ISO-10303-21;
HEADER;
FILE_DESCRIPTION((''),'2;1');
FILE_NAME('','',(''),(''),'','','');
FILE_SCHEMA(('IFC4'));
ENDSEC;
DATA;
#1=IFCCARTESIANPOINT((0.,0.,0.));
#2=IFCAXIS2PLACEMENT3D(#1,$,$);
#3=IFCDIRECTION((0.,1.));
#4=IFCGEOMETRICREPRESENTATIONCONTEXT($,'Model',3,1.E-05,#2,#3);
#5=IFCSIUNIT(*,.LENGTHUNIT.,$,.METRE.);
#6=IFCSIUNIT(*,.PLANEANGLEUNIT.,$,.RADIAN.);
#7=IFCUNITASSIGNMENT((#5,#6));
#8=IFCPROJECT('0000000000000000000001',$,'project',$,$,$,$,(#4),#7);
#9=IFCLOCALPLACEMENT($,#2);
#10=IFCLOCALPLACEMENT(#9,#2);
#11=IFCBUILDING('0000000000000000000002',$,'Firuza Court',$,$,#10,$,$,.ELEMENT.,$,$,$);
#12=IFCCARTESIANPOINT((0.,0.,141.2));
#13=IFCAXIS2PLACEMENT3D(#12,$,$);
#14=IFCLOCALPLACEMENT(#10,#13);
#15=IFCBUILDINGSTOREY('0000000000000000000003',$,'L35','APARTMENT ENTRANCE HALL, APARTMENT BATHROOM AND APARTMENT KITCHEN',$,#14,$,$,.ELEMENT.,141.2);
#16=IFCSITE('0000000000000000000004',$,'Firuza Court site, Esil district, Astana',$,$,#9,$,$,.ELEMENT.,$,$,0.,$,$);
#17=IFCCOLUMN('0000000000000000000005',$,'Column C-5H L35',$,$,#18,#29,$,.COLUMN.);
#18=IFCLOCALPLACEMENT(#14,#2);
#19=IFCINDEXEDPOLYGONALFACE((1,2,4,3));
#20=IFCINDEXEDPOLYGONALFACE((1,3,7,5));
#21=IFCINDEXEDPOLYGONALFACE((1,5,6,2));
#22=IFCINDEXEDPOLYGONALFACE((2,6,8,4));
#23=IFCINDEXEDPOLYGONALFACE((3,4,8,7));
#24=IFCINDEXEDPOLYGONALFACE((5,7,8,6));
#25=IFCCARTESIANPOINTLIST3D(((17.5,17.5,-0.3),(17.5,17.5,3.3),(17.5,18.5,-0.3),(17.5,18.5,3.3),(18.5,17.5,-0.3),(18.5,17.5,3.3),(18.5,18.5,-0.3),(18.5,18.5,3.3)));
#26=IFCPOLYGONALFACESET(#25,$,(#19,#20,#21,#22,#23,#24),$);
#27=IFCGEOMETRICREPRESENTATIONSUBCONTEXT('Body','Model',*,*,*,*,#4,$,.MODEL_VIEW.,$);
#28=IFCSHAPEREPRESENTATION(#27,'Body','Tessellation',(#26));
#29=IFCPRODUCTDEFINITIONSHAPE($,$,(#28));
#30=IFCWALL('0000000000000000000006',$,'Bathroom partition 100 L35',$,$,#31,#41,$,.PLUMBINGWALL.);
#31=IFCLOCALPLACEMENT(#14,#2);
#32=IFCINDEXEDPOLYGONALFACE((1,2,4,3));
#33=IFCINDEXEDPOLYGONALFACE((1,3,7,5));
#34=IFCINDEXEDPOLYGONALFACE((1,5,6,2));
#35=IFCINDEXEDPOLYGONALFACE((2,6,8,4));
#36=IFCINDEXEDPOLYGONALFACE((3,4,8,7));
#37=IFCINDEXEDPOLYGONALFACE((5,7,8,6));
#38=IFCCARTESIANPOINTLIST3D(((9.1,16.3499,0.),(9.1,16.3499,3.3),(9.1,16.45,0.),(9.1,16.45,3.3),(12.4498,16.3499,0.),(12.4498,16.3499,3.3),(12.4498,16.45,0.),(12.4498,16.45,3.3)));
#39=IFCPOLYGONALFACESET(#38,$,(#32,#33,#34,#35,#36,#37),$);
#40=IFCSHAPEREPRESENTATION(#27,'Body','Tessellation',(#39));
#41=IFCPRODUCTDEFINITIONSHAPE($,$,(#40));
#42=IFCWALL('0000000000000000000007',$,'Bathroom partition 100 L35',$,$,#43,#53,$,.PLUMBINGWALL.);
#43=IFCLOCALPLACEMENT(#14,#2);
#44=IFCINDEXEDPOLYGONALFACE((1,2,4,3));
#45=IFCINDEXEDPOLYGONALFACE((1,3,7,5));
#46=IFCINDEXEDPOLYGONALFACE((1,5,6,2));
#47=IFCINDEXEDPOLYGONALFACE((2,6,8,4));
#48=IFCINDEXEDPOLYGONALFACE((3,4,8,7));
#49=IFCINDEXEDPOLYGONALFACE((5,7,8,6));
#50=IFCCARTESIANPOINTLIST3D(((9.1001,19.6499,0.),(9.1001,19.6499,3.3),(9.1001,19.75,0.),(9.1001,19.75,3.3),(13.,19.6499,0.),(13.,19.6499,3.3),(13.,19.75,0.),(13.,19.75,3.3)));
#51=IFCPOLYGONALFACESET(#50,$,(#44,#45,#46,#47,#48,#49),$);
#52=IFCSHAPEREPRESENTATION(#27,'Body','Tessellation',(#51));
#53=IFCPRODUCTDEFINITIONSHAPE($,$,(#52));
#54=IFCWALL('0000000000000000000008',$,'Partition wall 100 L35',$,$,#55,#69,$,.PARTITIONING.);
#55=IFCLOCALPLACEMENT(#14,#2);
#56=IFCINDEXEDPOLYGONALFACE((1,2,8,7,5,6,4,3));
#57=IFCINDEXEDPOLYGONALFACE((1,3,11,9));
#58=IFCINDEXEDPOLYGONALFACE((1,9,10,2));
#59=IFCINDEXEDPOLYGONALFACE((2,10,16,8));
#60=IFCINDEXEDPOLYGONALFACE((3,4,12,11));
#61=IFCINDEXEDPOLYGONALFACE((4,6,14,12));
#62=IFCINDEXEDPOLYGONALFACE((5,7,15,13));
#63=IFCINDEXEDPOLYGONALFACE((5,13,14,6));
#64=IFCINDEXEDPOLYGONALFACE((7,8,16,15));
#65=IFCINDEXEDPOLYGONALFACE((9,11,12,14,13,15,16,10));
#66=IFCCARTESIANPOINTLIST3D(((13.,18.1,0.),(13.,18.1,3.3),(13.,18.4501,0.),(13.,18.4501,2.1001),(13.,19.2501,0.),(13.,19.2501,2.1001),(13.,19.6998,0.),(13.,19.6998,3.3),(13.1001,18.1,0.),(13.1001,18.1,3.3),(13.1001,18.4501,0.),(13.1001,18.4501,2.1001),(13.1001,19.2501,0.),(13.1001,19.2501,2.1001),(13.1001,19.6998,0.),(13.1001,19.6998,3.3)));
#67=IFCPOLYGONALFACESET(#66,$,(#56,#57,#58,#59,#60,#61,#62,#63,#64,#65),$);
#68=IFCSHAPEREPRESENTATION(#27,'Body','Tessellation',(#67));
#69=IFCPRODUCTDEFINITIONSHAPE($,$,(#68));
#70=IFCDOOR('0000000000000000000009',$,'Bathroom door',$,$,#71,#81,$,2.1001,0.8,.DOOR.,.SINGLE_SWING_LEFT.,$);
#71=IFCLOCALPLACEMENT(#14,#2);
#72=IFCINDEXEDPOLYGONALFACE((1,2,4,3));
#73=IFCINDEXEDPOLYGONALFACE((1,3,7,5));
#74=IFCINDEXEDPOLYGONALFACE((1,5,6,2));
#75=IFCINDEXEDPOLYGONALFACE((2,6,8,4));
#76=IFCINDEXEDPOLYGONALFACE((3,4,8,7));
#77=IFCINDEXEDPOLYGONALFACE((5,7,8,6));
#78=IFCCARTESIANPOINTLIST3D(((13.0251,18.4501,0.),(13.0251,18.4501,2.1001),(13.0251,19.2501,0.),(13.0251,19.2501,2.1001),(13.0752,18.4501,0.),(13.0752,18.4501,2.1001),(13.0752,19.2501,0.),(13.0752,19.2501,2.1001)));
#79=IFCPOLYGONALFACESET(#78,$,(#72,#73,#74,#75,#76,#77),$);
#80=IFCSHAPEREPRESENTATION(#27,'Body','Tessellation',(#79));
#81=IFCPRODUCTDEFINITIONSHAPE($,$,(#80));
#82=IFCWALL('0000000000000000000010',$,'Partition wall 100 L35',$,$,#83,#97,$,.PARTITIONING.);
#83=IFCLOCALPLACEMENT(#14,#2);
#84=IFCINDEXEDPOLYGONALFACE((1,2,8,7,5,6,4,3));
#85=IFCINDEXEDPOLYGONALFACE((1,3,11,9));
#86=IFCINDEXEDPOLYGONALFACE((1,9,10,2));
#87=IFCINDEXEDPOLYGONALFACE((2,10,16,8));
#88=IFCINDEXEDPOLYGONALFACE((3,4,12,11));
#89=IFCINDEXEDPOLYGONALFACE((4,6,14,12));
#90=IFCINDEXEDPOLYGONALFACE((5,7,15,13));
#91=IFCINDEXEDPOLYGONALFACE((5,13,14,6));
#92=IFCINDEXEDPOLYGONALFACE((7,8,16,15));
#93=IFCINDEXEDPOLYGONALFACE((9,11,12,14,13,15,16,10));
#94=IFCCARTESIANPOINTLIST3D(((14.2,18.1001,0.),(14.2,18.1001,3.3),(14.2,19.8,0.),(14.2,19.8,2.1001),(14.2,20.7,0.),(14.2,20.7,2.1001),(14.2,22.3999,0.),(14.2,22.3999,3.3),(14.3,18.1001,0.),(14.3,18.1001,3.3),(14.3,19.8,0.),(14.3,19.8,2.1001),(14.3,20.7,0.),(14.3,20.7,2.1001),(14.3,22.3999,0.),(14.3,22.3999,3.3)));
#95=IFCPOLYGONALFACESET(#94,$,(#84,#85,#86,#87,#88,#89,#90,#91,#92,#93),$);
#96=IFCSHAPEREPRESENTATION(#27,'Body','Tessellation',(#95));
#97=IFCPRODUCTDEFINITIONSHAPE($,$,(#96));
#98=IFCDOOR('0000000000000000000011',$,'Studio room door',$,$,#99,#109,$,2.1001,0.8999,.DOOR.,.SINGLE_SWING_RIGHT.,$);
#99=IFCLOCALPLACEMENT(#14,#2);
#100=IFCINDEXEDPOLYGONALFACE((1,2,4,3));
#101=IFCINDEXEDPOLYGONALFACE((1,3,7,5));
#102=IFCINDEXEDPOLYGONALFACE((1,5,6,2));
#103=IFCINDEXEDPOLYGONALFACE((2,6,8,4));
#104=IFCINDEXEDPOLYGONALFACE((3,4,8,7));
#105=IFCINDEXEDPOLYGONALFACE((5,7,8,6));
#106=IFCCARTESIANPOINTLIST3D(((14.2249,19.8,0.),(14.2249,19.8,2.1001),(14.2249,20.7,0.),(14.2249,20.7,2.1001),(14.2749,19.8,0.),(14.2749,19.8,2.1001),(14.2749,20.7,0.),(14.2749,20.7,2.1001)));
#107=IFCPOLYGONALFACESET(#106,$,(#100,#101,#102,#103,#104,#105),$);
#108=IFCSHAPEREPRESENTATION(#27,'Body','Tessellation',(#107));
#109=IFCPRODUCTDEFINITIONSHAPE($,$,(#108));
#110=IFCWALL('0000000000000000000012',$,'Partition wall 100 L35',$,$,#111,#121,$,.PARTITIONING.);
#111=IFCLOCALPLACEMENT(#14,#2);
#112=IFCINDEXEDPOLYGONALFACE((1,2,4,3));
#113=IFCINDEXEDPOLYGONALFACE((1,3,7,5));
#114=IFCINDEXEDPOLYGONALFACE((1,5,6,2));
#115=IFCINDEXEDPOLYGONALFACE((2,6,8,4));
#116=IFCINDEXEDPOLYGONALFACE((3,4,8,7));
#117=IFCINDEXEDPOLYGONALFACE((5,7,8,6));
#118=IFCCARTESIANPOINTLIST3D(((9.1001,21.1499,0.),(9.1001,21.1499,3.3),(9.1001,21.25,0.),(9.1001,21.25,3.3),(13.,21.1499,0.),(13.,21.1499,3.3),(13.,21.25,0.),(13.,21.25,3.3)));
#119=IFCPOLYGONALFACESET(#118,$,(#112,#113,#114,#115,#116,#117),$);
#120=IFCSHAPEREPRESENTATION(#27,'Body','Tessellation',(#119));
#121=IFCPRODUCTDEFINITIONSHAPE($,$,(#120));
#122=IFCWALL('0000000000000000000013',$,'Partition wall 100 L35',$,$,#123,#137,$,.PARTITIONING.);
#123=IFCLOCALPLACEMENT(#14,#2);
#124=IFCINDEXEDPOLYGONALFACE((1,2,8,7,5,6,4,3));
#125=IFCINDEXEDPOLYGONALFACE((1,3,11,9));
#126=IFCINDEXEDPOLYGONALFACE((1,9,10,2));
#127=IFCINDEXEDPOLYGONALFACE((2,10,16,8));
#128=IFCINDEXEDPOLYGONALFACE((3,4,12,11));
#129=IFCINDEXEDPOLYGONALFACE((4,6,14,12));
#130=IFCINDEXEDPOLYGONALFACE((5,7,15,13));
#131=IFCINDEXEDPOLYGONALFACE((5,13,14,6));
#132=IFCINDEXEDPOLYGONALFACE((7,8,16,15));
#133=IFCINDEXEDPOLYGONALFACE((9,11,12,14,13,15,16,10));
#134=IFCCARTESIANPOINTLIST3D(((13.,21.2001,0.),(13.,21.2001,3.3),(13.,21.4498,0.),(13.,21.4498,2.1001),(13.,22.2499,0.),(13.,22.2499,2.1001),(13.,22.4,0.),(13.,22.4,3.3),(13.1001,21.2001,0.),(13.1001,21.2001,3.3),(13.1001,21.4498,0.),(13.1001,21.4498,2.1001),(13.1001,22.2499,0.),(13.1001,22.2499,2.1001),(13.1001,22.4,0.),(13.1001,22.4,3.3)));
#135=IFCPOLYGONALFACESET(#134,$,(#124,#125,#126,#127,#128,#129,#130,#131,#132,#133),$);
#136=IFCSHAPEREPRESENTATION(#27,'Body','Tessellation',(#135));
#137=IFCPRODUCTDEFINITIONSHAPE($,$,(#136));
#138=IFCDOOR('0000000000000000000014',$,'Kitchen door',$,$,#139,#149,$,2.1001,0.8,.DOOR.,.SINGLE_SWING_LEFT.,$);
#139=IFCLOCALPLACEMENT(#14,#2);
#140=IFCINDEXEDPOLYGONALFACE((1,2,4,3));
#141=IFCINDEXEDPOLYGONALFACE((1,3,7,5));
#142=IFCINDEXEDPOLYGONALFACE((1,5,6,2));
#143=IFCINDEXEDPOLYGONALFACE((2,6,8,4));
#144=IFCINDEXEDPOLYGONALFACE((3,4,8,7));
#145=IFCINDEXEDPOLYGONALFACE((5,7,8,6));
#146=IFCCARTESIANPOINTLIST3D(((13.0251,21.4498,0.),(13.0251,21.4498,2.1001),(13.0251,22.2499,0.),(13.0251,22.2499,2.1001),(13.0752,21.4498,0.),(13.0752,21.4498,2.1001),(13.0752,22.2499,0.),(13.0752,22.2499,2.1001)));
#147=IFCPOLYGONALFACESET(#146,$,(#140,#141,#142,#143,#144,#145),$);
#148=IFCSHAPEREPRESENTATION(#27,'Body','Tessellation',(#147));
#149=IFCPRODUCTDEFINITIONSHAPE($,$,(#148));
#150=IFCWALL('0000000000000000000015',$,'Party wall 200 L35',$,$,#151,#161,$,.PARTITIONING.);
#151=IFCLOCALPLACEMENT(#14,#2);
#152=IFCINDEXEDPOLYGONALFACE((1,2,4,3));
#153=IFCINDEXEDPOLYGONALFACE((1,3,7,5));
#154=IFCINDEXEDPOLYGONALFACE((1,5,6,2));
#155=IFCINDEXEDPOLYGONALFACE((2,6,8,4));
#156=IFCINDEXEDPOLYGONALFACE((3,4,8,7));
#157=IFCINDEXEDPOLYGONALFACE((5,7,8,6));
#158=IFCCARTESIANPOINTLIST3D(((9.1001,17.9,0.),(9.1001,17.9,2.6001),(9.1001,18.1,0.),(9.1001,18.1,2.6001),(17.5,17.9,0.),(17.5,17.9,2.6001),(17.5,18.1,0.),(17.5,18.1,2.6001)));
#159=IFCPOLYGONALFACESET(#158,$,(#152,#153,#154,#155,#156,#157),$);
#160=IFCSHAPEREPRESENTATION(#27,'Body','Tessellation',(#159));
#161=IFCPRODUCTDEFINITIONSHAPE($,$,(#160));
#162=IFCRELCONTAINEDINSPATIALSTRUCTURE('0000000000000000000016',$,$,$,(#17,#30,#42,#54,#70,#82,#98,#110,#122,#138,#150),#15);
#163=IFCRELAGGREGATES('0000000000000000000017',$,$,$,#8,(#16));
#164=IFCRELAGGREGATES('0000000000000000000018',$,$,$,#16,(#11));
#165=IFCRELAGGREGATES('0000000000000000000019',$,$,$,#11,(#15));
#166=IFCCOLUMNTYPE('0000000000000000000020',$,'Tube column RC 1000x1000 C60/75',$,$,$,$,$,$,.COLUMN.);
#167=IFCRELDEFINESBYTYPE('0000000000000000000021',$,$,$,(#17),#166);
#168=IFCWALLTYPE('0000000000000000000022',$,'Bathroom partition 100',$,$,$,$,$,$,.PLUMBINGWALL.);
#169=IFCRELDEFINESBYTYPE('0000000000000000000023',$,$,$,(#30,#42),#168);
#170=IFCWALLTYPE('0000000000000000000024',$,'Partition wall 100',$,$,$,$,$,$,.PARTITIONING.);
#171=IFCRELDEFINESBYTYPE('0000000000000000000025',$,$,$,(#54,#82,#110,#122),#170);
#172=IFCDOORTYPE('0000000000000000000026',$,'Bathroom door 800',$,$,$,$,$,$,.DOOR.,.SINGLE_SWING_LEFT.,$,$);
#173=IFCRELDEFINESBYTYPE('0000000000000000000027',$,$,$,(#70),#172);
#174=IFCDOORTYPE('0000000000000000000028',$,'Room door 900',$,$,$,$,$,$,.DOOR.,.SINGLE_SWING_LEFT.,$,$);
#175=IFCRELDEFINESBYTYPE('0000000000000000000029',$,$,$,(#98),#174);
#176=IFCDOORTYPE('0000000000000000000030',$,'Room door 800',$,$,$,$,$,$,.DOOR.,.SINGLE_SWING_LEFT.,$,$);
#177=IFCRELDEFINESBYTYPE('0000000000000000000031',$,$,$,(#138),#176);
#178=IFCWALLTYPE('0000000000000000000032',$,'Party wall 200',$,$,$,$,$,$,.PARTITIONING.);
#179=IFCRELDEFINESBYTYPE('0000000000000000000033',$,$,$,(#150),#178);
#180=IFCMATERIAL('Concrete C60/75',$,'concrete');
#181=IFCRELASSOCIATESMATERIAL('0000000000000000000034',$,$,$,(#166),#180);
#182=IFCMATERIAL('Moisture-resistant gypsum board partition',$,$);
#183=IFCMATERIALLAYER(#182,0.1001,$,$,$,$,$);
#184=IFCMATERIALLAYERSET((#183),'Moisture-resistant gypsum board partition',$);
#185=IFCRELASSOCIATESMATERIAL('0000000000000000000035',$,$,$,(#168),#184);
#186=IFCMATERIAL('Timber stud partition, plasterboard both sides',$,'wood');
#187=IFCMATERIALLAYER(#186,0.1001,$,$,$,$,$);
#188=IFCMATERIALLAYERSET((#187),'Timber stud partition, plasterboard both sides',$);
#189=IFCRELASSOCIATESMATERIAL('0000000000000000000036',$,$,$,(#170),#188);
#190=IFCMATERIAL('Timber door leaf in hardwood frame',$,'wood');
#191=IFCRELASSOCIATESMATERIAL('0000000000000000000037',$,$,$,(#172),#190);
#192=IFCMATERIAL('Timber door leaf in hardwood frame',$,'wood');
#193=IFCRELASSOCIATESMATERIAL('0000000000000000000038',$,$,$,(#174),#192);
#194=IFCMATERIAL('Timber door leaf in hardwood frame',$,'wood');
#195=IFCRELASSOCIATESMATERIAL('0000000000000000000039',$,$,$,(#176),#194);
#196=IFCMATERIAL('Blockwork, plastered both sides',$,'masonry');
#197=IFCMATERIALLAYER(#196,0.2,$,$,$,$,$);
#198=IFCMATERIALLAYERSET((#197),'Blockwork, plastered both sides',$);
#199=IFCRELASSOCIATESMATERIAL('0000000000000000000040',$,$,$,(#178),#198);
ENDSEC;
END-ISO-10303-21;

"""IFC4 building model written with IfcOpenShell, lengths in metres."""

from ifc_helpers import new_model, si_unit, direction, frame, frame_2d, origin, origin_2d, place, context, subcontext, project, spatial, rectangle, extrude, material, layer, layer_set, material_profile, profile_set, type_object, element, fill, save


model = new_model("IFC4")

# Units and contexts
model_context = context("Model", 3, precision=1e-05, world=origin(), true_north=direction((0.0, 1.0)))
body_context = subcontext(model_context, "Body", "Model", "MODEL_VIEW")
ifc_project = project(units=[si_unit("LENGTHUNIT", "METRE"), si_unit("PLANEANGLEUNIT", "RADIAN")], contexts=[model_context])

# Site, building, storey
site_placement = place(None, origin())
site = spatial("IfcSite", under=ifc_project, at=site_placement, Name="Firuza Court site, Esil district, Astana", CompositionType="ELEMENT", RefElevation=0.0)
building_placement = place(site_placement, origin())
building = spatial("IfcBuilding", under=site, at=building_placement, Name="Firuza Court", CompositionType="ELEMENT")
storey_placement = place(building_placement, frame((0.0, 0.0, 141.2)))
storey = spatial("IfcBuildingStorey", under=building, at=storey_placement, Name="L35", Description="APARTMENT ENTRANCE HALL, APARTMENT BATHROOM AND APARTMENT KITCHEN", CompositionType="ELEMENT", Elevation=141.2)

# Column
ifc_material_1 = material(Name="Concrete C60/75", Category="concrete")
ifc_material_profile = material_profile(ifc_material_1, rectangle(XDim=1.0, YDim=1.0, at=origin_2d()), Name="RC 1000x1000")
ifc_profile_set = profile_set([ifc_material_profile], Name="Concrete C60/75")
column_type = type_object("IfcColumnType", Name="Tube column RC 1000x1000 C60/75", PredefinedType="COLUMN", material=ifc_profile_set)
column_placement = place(storey_placement, frame((18.0, 18.0, -0.3), z_axis=(0.0, 0.0, 1.0), x_axis=(1.0, 0.0, 0.0)))
element("IfcColumn", 1, at=column_placement, inside=storey, type_object=column_type, Name="Column C-5H L35", PredefinedType="COLUMN", context=body_context, shape_type="SweptSolid", body=[
    extrude(rectangle(XDim=1.0, YDim=1.0, at=origin_2d()), origin(), (0.0, 0.0, 1.0), 3.6001),
])

# Walls
ifc_material_2 = material(Name="Moisture-resistant gypsum board partition")
ifc_layer_1 = layer(ifc_material_2, 0.1001)
ifc_layer_set_1 = layer_set([ifc_layer_1], Name="Moisture-resistant gypsum board partition")
wall_type_1 = type_object("IfcWallType", Name="Bathroom partition 100", PredefinedType="PLUMBINGWALL", material=ifc_layer_set_1)
wall_1_placement = place(storey_placement, frame((9.1001, 16.3999, 0.0), z_axis=(0.0, 0.0, 1.0), x_axis=(1.0, 0.0, 0.0)))
element("IfcWall", 2, at=wall_1_placement, inside=storey, type_object=wall_type_1, Name="Bathroom partition 100 L35", PredefinedType="PLUMBINGWALL", context=body_context, shape_type="SweptSolid", body=[
    extrude(rectangle(XDim=3.3499, YDim=0.1001, at=frame_2d((1.6748, 0.0))), origin(), (0.0, 0.0, 1.0), 3.3),
])
wall_2_placement = place(storey_placement, frame((9.1001, 19.7, 0.0), z_axis=(0.0, 0.0, 1.0), x_axis=(1.0, 0.0, 0.0)))
element("IfcWall", 3, at=wall_2_placement, inside=storey, type_object=wall_type_1, Name="Bathroom partition 100 L35", PredefinedType="PLUMBINGWALL", context=body_context, shape_type="SweptSolid", body=[
    extrude(rectangle(XDim=3.8999, YDim=0.1001, at=frame_2d((1.95, 0.0))), origin(), (0.0, 0.0, 1.0), 3.3),
])

# Walls, openings, doors
ifc_material_3 = material(Name="Timber stud partition, plasterboard both sides", Category="wood")
ifc_layer_2 = layer(ifc_material_3, 0.1001)
ifc_layer_set_2 = layer_set([ifc_layer_2], Name="Timber stud partition, plasterboard both sides")
wall_type_2 = type_object("IfcWallType", Name="Partition wall 100", PredefinedType="PARTITIONING", material=ifc_layer_set_2)
wall_3_placement = place(storey_placement, frame((13.05, 18.1001, 0.0), z_axis=(0.0, 0.0, 1.0), x_axis=(0.0, 1.0, 0.0)))
wall_3 = element("IfcWall", 4, at=wall_3_placement, inside=storey, type_object=wall_type_2, Name="Partition wall 100 L35", PredefinedType="PARTITIONING", context=body_context, shape_type="SweptSolid", body=[
    extrude(rectangle(XDim=1.5999, YDim=0.1001, at=frame_2d((0.7998, 0.0))), origin(), (0.0, 0.0, 1.0), 3.3),
])
opening_1_placement = place(wall_3_placement, frame((0.3501, 0.0, 0.0)))
opening_1 = element("IfcOpeningElement", 5, at=opening_1_placement, cuts=wall_3, PredefinedType="OPENING", context=body_context, shape_type="SweptSolid", body=[
    extrude(rectangle(XDim=0.8, YDim=2.1001, at=frame_2d((0.3999, 1.05))), frame((0.0, 0.062, 0.0), z_axis=(0.0, -1.0, 0.0), x_axis=(1.0, 0.0, 0.0)), (0.0, 0.0, 1.0), 0.124),
])
ifc_material_4 = material(Name="Timber door leaf in hardwood frame", Category="wood")
door_type_1 = type_object("IfcDoorType", Name="Bathroom door 800", OperationType="SINGLE_SWING_LEFT", PredefinedType="DOOR", material=ifc_material_4)
door_1_placement = place(opening_1_placement, origin())
door_1 = element("IfcDoor", 6, at=door_1_placement, inside=storey, type_object=door_type_1, Name="Bathroom door", OperationType="SINGLE_SWING_LEFT", OverallHeight=2.1001, OverallWidth=0.8, PredefinedType="DOOR", context=body_context, shape_type="SweptSolid", body=[
    extrude(rectangle(XDim=0.8, YDim=2.1001, at=frame_2d((0.3999, 1.05))), frame((0.0, 0.0249, 0.0), z_axis=(0.0, -1.0, 0.0), x_axis=(1.0, 0.0, 0.0)), (0.0, 0.0, 1.0), 0.05),
])
fill(opening_1, door_1)
wall_4_placement = place(storey_placement, frame((14.25, 18.1001, 0.0), z_axis=(0.0, 0.0, 1.0), x_axis=(0.0, 1.0, 0.0)))
wall_4 = element("IfcWall", 7, at=wall_4_placement, inside=storey, type_object=wall_type_2, Name="Partition wall 100 L35", PredefinedType="PARTITIONING", context=body_context, shape_type="SweptSolid", body=[
    extrude(rectangle(XDim=4.2998, YDim=0.1001, at=frame_2d((2.1499, 0.0))), origin(), (0.0, 0.0, 1.0), 3.3),
])
opening_2_placement = place(wall_4_placement, frame((1.7, 0.0, 0.0)))
opening_2 = element("IfcOpeningElement", 8, at=opening_2_placement, cuts=wall_4, PredefinedType="OPENING", context=body_context, shape_type="SweptSolid", body=[
    extrude(rectangle(XDim=0.8999, YDim=2.1001, at=frame_2d((0.45, 1.05))), frame((0.0, 0.062, 0.0), z_axis=(0.0, -1.0, 0.0), x_axis=(1.0, 0.0, 0.0)), (0.0, 0.0, 1.0), 0.124),
])
ifc_material_5 = material(Name="Timber door leaf in hardwood frame", Category="wood")
door_type_2 = type_object("IfcDoorType", Name="Room door 900", OperationType="SINGLE_SWING_LEFT", PredefinedType="DOOR", material=ifc_material_5)
door_2_placement = place(opening_2_placement, frame((0.8999, 0.0, 0.0), z_axis=(0.0, 0.0, 1.0), x_axis=(-1.0, 0.0, 0.0)))
door_2 = element("IfcDoor", 9, at=door_2_placement, inside=storey, type_object=door_type_2, Name="Studio room door", OperationType="SINGLE_SWING_RIGHT", OverallHeight=2.1001, OverallWidth=0.8999, PredefinedType="DOOR", context=body_context, shape_type="SweptSolid", body=[
    extrude(rectangle(XDim=0.8999, YDim=2.1001, at=frame_2d((0.45, 1.05))), frame((0.0, 0.0249, 0.0), z_axis=(0.0, -1.0, 0.0), x_axis=(1.0, 0.0, 0.0)), (0.0, 0.0, 1.0), 0.05),
])
fill(opening_2, door_2)

# Wall
wall_5_placement = place(storey_placement, frame((9.1001, 21.2, 0.0), z_axis=(0.0, 0.0, 1.0), x_axis=(1.0, 0.0, 0.0)))
element("IfcWall", 10, at=wall_5_placement, inside=storey, type_object=wall_type_2, Name="Partition wall 100 L35", PredefinedType="PARTITIONING", context=body_context, shape_type="SweptSolid", body=[
    extrude(rectangle(XDim=3.8999, YDim=0.1001, at=frame_2d((1.95, 0.0))), origin(), (0.0, 0.0, 1.0), 3.3),
])

# Wall, opening, door
wall_6_placement = place(storey_placement, frame((13.05, 21.2, 0.0), z_axis=(0.0, 0.0, 1.0), x_axis=(0.0, 1.0, 0.0)))
wall_6 = element("IfcWall", 11, at=wall_6_placement, inside=storey, type_object=wall_type_2, Name="Partition wall 100 L35", PredefinedType="PARTITIONING", context=body_context, shape_type="SweptSolid", body=[
    extrude(rectangle(XDim=1.2, YDim=0.1001, at=frame_2d((0.6001, 0.0))), origin(), (0.0, 0.0, 1.0), 3.3),
])
opening_3_placement = place(wall_6_placement, frame((0.25, 0.0, 0.0)))
opening_3 = element("IfcOpeningElement", 12, at=opening_3_placement, cuts=wall_6, PredefinedType="OPENING", context=body_context, shape_type="SweptSolid", body=[
    extrude(rectangle(XDim=0.8, YDim=2.1001, at=frame_2d((0.3999, 1.05))), frame((0.0, 0.062, 0.0), z_axis=(0.0, -1.0, 0.0), x_axis=(1.0, 0.0, 0.0)), (0.0, 0.0, 1.0), 0.124),
])
ifc_material_6 = material(Name="Timber door leaf in hardwood frame", Category="wood")
door_type_3 = type_object("IfcDoorType", Name="Room door 800", OperationType="SINGLE_SWING_LEFT", PredefinedType="DOOR", material=ifc_material_6)
door_3_placement = place(opening_3_placement, origin())
door_3 = element("IfcDoor", 13, at=door_3_placement, inside=storey, type_object=door_type_3, Name="Kitchen door", OperationType="SINGLE_SWING_LEFT", OverallHeight=2.1001, OverallWidth=0.8, PredefinedType="DOOR", context=body_context, shape_type="SweptSolid", body=[
    extrude(rectangle(XDim=0.8, YDim=2.1001, at=frame_2d((0.3999, 1.05))), frame((0.0, 0.0249, 0.0), z_axis=(0.0, -1.0, 0.0), x_axis=(1.0, 0.0, 0.0)), (0.0, 0.0, 1.0), 0.05),
])
fill(opening_3, door_3)

# Wall
ifc_material_7 = material(Name="Blockwork, plastered both sides", Category="masonry")
ifc_layer_3 = layer(ifc_material_7, 0.2)
ifc_layer_set_3 = layer_set([ifc_layer_3], Name="Blockwork, plastered both sides")
wall_type_3 = type_object("IfcWallType", Name="Party wall 200", PredefinedType="PARTITIONING", material=ifc_layer_set_3)
wall_7_placement = place(storey_placement, frame((9.1001, 18.0, 0.0), z_axis=(0.0, 0.0, 1.0), x_axis=(1.0, 0.0, 0.0)))
element("IfcWall", 14, at=wall_7_placement, inside=storey, type_object=wall_type_3, Name="Party wall 200 L35", PredefinedType="PARTITIONING", context=body_context, shape_type="SweptSolid", body=[
    extrude(rectangle(XDim=8.3999, YDim=0.2, at=frame_2d((4.2, 0.0))), origin(), (0.0, 0.0, 1.0), 2.6001),
])

save(model, "model.ifc")
